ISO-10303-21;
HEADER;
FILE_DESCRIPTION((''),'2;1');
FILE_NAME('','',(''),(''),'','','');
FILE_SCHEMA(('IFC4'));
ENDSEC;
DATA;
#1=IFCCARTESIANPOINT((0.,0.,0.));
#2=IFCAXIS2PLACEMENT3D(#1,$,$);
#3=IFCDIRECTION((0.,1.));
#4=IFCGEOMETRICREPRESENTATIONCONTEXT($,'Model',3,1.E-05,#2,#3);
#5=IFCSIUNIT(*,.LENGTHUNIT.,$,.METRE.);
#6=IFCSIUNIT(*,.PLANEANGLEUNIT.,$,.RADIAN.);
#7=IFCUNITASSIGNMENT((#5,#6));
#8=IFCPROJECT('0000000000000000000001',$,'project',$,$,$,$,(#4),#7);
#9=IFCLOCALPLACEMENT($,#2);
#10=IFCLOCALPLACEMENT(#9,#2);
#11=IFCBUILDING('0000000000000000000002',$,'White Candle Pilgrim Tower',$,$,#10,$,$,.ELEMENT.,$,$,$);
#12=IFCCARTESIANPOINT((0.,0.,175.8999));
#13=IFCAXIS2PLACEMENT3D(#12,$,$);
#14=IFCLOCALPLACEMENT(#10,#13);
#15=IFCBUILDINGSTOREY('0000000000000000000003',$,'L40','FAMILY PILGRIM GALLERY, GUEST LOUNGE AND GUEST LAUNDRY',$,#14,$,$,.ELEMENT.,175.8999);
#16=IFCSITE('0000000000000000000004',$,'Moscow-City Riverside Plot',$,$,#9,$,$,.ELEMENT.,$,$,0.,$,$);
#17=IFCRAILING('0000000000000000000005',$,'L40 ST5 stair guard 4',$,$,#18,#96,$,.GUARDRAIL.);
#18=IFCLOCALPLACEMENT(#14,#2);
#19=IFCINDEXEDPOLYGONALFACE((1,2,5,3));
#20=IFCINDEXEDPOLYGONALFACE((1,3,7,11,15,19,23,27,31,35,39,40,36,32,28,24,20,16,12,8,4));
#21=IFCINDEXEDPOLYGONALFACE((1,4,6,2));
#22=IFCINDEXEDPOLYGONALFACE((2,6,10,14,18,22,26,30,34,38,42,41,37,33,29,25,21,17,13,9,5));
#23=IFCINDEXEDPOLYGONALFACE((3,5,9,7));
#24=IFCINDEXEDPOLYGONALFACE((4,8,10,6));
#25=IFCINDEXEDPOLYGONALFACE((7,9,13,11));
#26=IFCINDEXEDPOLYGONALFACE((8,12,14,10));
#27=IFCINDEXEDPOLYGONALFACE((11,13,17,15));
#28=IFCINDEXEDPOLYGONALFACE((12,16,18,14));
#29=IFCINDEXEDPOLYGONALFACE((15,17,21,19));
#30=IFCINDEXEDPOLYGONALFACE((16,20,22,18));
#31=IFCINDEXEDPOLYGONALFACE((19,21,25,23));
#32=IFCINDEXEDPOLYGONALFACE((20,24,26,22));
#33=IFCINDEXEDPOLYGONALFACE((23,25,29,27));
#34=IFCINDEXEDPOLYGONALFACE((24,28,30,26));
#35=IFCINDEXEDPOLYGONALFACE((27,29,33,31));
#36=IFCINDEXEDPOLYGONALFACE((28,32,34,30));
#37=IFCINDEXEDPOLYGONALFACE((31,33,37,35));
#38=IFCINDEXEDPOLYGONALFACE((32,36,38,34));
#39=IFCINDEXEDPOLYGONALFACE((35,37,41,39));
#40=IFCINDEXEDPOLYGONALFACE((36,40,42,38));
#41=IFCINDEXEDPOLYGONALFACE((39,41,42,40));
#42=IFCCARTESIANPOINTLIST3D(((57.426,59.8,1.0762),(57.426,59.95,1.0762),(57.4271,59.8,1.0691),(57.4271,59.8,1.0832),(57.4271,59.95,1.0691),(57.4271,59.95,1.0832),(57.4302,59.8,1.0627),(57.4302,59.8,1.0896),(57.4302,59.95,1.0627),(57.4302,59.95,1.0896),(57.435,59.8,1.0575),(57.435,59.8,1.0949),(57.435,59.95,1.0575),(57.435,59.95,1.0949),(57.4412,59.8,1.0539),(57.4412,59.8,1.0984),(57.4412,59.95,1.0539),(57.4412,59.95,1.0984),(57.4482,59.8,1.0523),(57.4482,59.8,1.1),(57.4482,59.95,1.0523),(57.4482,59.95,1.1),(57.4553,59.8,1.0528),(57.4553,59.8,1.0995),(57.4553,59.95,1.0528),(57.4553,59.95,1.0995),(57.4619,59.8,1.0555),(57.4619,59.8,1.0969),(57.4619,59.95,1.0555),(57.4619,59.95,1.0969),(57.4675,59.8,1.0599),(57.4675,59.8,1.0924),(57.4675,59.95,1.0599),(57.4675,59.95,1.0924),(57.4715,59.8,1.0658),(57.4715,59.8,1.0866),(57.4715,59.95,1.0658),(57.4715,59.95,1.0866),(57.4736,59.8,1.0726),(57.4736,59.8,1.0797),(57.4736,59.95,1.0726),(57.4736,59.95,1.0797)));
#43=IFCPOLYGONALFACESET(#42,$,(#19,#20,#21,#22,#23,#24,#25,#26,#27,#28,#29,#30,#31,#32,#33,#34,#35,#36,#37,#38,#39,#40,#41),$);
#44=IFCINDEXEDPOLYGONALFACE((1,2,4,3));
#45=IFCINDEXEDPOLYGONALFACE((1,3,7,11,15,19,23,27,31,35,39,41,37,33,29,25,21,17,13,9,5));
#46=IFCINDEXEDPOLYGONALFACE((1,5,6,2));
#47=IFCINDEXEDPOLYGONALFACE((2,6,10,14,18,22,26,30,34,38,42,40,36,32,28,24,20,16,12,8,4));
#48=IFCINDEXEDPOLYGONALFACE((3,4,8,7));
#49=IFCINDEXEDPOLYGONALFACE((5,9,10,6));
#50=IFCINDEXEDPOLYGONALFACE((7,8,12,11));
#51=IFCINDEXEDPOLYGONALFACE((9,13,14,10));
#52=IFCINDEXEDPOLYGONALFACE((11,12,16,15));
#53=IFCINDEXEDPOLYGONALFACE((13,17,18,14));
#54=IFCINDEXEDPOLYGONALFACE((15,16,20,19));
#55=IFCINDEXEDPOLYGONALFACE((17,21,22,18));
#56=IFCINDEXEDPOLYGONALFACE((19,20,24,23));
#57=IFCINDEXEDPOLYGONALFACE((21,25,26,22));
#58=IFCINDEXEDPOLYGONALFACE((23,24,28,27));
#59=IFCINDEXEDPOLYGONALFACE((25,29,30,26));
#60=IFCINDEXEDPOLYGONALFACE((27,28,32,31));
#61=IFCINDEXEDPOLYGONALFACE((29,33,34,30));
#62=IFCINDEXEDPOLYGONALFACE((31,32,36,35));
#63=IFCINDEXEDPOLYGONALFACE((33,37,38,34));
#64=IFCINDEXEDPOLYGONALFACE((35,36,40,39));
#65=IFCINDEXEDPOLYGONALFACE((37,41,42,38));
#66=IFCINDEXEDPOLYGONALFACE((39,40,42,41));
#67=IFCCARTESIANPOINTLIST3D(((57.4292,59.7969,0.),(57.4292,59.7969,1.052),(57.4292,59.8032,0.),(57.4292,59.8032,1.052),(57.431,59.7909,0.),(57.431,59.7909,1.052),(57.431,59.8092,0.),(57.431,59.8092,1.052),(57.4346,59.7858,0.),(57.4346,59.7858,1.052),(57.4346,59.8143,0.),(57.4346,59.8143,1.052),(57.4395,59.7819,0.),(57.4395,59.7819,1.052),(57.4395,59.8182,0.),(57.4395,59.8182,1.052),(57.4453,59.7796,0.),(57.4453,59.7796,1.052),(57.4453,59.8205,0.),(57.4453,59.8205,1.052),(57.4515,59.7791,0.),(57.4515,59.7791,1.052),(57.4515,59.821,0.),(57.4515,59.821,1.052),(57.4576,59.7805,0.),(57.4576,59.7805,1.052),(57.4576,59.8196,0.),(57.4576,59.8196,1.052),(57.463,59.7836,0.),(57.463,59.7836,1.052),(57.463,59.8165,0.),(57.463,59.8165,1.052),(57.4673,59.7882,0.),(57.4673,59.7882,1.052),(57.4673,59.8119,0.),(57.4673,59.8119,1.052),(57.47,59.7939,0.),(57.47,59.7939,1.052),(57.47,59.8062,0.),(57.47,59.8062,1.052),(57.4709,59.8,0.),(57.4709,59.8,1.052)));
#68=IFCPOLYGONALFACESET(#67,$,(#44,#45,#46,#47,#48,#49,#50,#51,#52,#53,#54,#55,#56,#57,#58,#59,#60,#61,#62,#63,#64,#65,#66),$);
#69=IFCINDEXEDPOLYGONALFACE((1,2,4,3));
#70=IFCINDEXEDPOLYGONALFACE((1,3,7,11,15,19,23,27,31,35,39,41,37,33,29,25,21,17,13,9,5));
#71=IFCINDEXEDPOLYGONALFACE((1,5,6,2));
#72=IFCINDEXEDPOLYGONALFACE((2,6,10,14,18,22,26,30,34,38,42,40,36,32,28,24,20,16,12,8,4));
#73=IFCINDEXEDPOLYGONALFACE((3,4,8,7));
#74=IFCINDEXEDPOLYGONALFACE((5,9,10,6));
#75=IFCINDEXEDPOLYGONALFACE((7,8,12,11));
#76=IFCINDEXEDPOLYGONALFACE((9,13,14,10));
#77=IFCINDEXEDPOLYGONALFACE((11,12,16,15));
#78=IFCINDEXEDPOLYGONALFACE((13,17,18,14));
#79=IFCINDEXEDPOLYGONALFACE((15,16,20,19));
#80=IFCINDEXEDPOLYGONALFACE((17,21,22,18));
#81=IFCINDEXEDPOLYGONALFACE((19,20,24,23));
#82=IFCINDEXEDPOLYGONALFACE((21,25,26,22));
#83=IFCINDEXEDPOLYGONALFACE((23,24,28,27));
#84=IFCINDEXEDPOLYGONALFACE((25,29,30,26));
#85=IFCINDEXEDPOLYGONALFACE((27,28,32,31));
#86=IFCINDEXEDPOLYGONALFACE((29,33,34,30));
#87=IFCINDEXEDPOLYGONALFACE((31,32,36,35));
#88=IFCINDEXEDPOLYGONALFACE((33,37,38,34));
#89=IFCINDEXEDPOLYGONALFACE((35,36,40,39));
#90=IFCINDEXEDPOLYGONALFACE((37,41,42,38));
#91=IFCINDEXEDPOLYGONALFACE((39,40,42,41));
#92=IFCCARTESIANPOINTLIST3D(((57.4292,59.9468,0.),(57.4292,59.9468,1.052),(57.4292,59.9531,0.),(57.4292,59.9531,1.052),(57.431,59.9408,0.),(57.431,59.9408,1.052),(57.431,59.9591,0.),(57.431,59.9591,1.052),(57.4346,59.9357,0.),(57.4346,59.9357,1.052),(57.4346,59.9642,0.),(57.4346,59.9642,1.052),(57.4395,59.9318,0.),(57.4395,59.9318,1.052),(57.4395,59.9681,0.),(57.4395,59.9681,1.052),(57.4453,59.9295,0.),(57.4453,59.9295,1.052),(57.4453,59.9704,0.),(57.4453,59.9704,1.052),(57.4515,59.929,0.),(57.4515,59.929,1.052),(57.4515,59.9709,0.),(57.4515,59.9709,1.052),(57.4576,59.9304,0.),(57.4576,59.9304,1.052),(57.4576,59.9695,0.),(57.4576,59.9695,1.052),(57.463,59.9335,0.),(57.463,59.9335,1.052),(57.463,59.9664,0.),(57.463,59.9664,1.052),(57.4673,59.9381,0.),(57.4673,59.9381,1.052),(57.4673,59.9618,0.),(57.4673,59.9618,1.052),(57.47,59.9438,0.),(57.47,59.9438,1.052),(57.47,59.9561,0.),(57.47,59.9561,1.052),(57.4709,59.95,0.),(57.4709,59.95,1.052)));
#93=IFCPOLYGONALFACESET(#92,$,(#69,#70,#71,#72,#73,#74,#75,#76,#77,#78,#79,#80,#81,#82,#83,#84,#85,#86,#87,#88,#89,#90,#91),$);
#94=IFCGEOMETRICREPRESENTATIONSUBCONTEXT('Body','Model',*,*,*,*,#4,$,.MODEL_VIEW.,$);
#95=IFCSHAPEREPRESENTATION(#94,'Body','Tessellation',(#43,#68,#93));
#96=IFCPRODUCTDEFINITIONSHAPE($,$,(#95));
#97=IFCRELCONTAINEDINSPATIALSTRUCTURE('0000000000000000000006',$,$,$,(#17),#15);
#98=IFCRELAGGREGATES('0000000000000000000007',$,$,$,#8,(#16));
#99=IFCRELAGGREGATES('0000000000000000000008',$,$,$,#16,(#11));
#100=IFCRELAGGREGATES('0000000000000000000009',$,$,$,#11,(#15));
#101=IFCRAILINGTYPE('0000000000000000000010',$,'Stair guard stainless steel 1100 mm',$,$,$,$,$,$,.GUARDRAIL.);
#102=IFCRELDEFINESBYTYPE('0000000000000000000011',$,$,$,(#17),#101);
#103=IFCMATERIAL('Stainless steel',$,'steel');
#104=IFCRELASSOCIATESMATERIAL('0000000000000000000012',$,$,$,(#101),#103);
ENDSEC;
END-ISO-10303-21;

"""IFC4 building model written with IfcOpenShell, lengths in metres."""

from ifc_helpers import new_model, si_unit, direction, frame, origin, origin_2d, place, context, subcontext, project, spatial, circle, extrude, material, type_object, element, save


model = new_model("IFC4")

# Units and contexts
model_context = context("Model", 3, precision=1e-05, world=origin(), true_north=direction((0.0, 1.0)))
body_context = subcontext(model_context, "Body", "Model", "MODEL_VIEW")
ifc_project = project(units=[si_unit("LENGTHUNIT", "METRE"), si_unit("PLANEANGLEUNIT", "RADIAN")], contexts=[model_context])

# Site, building, storey
site_placement = place(None, origin())
site = spatial("IfcSite", under=ifc_project, at=site_placement, Name="Moscow-City Riverside Plot", CompositionType="ELEMENT", RefElevation=0.0)
building_placement = place(site_placement, origin())
building = spatial("IfcBuilding", under=site, at=building_placement, Name="White Candle Pilgrim Tower", CompositionType="ELEMENT")
storey_placement = place(building_placement, frame((0.0, 0.0, 175.8999)))
storey = spatial("IfcBuildingStorey", under=building, at=storey_placement, Name="L40", Description="FAMILY PILGRIM GALLERY, GUEST LOUNGE AND GUEST LAUNDRY", CompositionType="ELEMENT", Elevation=175.8999)

# Railing
ifc_material_1 = material(Name="Stainless steel", Category="steel")
railing_type_1 = type_object("IfcRailingType", Name="Stair guard stainless steel 1100 mm", PredefinedType="GUARDRAIL", material=ifc_material_1)
railing_1_placement = place(storey_placement, frame((57.45, 59.8, 0.0)))
element("IfcRailing", 1, at=railing_1_placement, inside=storey, type_object=railing_type_1, Name="L40 ST5 stair guard 4", PredefinedType="GUARDRAIL", context=body_context, shape_type="SweptSolid", body=[
    extrude(circle(Radius=0.0239, at=origin_2d()), frame((0.0, 0.0, 1.0762), z_axis=(0.0, 1.0, 0.0), x_axis=(-1.0, 0.0, 0.0)), (0.0, 0.0, 1.0), 0.1499),
    extrude(circle(Radius=0.021, at=origin_2d()), origin(), (0.0, 0.0, 1.0), 1.052),
    extrude(circle(Radius=0.021, at=origin_2d()), frame((0.0, 0.1499, 0.0)), (0.0, 0.0, 1.0), 1.052),
])

save(model, "model.ifc")
